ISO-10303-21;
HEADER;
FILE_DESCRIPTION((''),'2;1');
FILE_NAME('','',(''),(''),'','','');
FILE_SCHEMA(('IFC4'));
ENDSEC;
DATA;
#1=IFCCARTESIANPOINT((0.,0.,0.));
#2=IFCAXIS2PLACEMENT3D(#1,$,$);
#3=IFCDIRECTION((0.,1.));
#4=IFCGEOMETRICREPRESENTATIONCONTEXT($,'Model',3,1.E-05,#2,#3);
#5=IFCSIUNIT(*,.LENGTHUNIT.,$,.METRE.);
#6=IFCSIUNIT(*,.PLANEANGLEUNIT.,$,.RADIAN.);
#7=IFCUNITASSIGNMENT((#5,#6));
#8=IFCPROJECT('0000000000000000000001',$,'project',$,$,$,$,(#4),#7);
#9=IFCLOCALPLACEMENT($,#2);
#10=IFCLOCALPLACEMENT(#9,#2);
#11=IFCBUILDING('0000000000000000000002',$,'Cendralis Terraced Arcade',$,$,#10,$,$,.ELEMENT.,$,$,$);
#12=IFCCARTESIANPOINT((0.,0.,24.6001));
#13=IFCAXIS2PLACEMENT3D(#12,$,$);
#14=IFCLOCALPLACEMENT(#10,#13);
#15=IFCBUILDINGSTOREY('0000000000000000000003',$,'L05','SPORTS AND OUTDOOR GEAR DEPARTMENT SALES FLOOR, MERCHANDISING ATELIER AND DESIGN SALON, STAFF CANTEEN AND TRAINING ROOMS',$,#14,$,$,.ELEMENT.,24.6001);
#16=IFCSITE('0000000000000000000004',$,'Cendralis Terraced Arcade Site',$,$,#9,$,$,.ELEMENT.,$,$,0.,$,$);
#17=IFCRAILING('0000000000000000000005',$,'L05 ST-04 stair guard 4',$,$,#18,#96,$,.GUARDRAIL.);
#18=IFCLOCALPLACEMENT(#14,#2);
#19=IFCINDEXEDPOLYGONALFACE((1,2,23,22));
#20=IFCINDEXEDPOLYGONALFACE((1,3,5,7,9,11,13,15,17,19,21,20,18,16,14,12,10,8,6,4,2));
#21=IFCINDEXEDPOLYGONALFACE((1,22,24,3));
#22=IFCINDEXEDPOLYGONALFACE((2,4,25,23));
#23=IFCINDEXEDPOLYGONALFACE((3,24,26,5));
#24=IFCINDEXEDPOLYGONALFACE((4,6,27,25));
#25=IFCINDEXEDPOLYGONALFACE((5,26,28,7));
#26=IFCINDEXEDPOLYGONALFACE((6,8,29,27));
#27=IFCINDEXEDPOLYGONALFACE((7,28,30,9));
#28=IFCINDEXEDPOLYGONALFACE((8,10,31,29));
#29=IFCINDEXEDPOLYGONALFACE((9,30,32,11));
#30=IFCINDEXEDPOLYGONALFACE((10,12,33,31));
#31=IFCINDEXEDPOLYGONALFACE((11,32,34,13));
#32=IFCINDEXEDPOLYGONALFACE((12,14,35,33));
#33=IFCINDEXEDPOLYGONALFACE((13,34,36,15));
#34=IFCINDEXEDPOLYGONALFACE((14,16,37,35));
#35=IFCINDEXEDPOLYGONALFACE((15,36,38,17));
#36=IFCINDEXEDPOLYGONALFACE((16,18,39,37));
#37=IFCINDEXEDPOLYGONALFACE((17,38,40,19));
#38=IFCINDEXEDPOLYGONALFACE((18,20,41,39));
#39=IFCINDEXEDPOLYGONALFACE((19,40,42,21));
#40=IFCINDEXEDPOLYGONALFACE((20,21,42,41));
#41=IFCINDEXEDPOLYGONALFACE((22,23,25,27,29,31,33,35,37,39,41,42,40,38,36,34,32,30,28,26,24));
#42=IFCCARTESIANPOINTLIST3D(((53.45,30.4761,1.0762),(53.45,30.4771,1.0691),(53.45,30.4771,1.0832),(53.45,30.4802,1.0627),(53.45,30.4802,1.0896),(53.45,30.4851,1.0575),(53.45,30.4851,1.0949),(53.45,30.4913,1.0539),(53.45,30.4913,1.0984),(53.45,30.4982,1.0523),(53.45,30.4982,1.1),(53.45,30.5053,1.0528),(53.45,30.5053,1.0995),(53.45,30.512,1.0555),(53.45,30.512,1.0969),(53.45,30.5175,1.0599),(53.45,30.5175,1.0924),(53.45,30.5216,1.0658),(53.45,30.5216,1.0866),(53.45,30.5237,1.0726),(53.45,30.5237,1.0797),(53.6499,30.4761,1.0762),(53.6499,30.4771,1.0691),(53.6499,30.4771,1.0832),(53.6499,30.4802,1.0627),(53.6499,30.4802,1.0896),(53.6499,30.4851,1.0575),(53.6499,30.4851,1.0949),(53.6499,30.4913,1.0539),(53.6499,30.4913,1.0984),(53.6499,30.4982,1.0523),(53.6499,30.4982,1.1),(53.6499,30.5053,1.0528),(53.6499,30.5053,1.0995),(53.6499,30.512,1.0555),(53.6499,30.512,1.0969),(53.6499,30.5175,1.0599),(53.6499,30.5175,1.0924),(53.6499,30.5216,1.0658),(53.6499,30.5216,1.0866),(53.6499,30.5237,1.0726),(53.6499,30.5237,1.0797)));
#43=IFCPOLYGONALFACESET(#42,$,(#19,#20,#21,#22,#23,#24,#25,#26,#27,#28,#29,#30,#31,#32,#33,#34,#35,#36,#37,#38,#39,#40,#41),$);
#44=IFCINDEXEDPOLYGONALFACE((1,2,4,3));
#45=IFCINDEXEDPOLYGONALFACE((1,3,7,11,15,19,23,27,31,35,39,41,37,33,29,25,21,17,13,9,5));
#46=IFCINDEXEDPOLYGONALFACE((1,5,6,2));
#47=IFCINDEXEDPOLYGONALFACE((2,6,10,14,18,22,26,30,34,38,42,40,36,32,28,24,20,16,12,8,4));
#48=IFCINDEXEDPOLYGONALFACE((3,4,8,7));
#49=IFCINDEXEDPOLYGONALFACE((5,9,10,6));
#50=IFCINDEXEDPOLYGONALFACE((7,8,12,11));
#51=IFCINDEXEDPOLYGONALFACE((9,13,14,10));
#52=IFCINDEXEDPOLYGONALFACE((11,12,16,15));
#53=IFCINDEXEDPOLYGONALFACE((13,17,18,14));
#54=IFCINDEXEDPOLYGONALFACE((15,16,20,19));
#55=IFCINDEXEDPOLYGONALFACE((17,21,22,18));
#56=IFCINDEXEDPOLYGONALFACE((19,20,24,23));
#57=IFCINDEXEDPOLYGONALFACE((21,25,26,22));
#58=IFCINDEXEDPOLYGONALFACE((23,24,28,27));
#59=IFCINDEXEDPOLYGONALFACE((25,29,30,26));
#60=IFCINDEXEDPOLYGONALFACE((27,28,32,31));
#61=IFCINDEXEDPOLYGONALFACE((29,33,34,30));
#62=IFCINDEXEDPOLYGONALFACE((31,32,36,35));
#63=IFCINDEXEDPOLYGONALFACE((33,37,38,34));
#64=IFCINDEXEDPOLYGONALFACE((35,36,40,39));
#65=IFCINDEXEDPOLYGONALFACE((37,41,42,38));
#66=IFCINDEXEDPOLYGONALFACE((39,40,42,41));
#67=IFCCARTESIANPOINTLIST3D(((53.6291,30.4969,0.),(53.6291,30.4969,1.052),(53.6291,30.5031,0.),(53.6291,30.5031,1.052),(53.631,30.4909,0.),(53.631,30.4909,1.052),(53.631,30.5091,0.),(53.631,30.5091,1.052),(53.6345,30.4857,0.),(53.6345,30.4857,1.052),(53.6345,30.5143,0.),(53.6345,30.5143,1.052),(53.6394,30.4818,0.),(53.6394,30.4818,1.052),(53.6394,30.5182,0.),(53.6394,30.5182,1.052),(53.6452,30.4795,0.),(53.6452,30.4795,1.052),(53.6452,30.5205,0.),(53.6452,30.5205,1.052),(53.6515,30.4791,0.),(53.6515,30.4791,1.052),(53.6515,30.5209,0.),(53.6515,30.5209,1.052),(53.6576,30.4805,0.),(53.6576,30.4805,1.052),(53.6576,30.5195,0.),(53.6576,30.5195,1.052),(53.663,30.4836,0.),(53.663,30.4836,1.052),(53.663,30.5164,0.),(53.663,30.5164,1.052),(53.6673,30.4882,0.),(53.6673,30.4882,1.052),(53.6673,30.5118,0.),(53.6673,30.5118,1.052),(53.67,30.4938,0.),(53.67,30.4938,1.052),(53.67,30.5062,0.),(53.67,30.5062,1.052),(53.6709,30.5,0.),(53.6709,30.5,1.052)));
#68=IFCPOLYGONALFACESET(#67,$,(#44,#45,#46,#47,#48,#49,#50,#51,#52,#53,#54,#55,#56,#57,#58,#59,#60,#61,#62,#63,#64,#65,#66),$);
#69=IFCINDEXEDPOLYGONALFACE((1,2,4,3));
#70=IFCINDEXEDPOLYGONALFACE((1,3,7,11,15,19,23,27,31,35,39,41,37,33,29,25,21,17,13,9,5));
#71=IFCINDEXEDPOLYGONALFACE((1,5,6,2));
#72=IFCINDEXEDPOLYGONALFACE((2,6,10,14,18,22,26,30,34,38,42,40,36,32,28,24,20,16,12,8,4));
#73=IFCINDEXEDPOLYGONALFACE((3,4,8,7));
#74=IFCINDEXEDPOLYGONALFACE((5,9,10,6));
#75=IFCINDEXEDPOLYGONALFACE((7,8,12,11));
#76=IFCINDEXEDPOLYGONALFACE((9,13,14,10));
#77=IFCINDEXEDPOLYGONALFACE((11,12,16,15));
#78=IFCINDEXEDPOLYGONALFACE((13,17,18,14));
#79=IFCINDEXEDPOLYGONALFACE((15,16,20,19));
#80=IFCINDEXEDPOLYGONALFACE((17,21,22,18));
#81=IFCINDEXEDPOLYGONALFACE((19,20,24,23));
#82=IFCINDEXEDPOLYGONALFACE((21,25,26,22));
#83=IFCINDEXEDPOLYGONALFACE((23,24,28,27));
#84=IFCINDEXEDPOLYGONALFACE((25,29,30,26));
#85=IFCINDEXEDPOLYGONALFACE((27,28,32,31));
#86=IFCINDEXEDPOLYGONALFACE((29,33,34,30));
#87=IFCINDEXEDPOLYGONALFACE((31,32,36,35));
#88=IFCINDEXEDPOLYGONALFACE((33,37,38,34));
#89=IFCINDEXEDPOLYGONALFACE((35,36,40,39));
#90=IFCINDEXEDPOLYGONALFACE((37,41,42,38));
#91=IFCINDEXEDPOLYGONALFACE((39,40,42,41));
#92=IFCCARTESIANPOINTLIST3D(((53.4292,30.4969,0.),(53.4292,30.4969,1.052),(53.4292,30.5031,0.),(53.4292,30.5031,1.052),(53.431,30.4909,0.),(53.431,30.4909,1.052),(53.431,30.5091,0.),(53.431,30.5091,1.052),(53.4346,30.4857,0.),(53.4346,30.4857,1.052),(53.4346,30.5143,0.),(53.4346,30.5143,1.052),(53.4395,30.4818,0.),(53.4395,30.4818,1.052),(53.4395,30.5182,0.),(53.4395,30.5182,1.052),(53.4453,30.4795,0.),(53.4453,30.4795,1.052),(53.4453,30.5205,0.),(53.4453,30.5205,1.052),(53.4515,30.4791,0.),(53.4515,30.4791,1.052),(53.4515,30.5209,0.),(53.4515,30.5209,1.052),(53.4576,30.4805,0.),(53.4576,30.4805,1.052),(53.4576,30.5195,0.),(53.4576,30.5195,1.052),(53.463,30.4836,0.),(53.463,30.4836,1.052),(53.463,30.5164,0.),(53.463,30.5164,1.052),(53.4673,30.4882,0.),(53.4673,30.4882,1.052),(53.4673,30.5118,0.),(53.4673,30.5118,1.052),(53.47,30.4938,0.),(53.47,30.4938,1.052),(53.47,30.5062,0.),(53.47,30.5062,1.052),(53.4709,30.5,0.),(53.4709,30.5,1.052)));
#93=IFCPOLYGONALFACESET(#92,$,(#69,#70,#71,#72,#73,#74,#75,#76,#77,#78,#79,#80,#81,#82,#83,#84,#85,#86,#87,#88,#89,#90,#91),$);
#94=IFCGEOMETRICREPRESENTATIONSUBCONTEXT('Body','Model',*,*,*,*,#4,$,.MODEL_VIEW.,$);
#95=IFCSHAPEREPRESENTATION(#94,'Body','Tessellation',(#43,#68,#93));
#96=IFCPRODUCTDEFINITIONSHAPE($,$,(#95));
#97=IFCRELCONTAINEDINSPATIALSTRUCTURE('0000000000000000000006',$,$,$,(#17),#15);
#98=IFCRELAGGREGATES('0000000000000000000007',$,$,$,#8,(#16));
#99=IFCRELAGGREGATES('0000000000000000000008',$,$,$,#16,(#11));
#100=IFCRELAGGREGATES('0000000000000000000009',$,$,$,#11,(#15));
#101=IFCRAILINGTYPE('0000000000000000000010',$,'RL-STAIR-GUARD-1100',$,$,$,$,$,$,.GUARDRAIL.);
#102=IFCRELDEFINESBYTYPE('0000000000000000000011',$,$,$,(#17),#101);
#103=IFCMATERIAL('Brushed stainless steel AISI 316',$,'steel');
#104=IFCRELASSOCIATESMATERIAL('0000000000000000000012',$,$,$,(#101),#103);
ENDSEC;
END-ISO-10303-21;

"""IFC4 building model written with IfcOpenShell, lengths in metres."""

from ifc_helpers import new_model, si_unit, direction, frame, origin, origin_2d, place, context, subcontext, project, spatial, circle, extrude, material, type_object, element, save


model = new_model("IFC4")

# Units and contexts
model_context = context("Model", 3, precision=1e-05, world=origin(), true_north=direction((0.0, 1.0)))
body_context = subcontext(model_context, "Body", "Model", "MODEL_VIEW")
ifc_project = project(units=[si_unit("LENGTHUNIT", "METRE"), si_unit("PLANEANGLEUNIT", "RADIAN")], contexts=[model_context])

# Site, building, storey
site_placement = place(None, origin())
site = spatial("IfcSite", under=ifc_project, at=site_placement, Name="Cendralis Terraced Arcade Site", CompositionType="ELEMENT", RefElevation=0.0)
building_placement = place(site_placement, origin())
building = spatial("IfcBuilding", under=site, at=building_placement, Name="Cendralis Terraced Arcade", CompositionType="ELEMENT")
storey_placement = place(building_placement, frame((0.0, 0.0, 24.6001)))
storey = spatial("IfcBuildingStorey", under=building, at=storey_placement, Name="L05", Description="SPORTS AND OUTDOOR GEAR DEPARTMENT SALES FLOOR, MERCHANDISING ATELIER AND DESIGN SALON, STAFF CANTEEN AND TRAINING ROOMS", CompositionType="ELEMENT", Elevation=24.6001)

# Railing
ifc_material_1 = material(Name="Brushed stainless steel AISI 316", Category="steel")
railing_type_1 = type_object("IfcRailingType", Name="RL-STAIR-GUARD-1100", PredefinedType="GUARDRAIL", material=ifc_material_1)
railing_1_placement = place(storey_placement, frame((53.6499, 30.5, 0.0)))
element("IfcRailing", 1, at=railing_1_placement, inside=storey, type_object=railing_type_1, Name="L05 ST-04 stair guard 4", PredefinedType="GUARDRAIL", context=body_context, shape_type="SweptSolid", body=[
    extrude(circle(Radius=0.0239, at=origin_2d()), frame((0.0, 0.0, 1.0762), z_axis=(-1.0, 0.0, 0.0), x_axis=(0.0, -1.0, 0.0)), (0.0, 0.0, 1.0), 0.2),
    extrude(circle(Radius=0.021, at=origin_2d()), origin(), (0.0, 0.0, 1.0), 1.052),
    extrude(circle(Radius=0.021, at=origin_2d()), frame((-0.2, 0.0, 0.0)), (0.0, 0.0, 1.0), 1.052),
])

save(model, "model.ifc")
